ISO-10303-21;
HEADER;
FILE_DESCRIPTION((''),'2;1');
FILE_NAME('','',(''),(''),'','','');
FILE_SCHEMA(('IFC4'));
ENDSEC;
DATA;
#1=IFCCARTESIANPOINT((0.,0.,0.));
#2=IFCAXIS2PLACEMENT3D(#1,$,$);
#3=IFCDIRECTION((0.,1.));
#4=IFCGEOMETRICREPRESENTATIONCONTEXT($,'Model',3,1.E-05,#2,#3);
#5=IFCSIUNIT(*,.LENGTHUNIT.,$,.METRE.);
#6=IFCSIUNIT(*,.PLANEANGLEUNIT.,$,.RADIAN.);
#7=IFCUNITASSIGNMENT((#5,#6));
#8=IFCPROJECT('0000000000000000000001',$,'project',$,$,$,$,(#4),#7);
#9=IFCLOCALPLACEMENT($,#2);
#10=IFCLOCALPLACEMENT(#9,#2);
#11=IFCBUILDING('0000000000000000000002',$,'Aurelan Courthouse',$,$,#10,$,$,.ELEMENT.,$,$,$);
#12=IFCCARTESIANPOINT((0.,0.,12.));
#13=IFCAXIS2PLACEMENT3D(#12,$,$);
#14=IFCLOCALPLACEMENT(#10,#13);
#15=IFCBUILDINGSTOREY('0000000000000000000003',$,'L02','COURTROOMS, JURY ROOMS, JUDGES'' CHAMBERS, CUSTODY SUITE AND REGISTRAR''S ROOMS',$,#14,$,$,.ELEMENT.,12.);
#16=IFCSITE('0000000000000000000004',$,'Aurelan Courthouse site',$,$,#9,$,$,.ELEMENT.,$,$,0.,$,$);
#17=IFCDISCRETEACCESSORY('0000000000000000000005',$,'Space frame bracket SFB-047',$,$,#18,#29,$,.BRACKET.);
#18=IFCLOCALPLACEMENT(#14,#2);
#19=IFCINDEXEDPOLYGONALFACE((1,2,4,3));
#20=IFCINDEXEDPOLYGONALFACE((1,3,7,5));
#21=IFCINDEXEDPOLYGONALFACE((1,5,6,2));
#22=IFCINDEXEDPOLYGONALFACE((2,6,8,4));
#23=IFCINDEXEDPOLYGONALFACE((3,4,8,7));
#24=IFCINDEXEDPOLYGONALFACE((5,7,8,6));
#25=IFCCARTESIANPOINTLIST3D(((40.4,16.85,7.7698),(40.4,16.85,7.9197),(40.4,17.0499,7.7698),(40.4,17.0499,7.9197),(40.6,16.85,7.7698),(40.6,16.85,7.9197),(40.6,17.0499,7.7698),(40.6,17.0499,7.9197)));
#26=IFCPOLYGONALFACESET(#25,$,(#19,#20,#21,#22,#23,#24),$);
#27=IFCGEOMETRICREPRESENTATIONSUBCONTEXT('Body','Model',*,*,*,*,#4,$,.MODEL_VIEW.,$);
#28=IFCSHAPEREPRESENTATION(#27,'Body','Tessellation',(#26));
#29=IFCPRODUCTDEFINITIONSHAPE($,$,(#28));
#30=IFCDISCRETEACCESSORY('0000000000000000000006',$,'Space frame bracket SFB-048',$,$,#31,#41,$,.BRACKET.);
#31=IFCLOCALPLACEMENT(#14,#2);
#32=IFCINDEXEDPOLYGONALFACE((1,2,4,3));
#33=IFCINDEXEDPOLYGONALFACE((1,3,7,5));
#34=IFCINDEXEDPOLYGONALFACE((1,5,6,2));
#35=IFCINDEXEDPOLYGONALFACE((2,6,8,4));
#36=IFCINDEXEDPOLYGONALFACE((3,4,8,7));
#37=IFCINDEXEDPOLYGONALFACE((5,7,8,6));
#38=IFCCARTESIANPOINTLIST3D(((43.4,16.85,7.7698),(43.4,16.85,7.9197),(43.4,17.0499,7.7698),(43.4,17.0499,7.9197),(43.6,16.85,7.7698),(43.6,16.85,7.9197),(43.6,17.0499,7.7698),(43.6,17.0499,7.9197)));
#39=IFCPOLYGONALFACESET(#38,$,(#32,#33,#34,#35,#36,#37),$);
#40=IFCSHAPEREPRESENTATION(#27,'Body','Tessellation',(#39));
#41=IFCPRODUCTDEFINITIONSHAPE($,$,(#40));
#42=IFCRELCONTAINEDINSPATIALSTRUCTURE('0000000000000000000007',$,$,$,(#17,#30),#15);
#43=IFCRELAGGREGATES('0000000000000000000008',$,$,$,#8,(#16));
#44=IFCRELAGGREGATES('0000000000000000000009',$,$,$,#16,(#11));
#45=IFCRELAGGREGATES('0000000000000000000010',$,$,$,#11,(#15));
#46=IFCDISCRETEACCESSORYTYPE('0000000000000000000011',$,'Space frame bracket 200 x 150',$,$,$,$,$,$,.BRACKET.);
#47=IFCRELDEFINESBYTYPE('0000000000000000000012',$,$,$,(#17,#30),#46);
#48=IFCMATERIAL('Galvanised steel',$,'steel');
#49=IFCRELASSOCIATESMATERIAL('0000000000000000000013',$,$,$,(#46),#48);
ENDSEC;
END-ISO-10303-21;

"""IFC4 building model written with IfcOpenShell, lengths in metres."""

from ifc_helpers import new_model, si_unit, direction, frame, origin, origin_2d, place, context, subcontext, project, spatial, rectangle, extrude, material, type_object, element, save


model = new_model("IFC4")

# Units and contexts
model_context = context("Model", 3, precision=1e-05, world=origin(), true_north=direction((0.0, 1.0)))
body_context = subcontext(model_context, "Body", "Model", "MODEL_VIEW")
ifc_project = project(units=[si_unit("LENGTHUNIT", "METRE"), si_unit("PLANEANGLEUNIT", "RADIAN")], contexts=[model_context])

# Site, building, storey
site_placement = place(None, origin())
site = spatial("IfcSite", under=ifc_project, at=site_placement, Name="Aurelan Courthouse site", CompositionType="ELEMENT", RefElevation=0.0)
building_placement = place(site_placement, origin())
building = spatial("IfcBuilding", under=site, at=building_placement, Name="Aurelan Courthouse", CompositionType="ELEMENT")
storey_placement = place(building_placement, frame((0.0, 0.0, 12.0)))
storey = spatial("IfcBuildingStorey", under=building, at=storey_placement, Name="L02", Description="COURTROOMS, JURY ROOMS, JUDGES' CHAMBERS, CUSTODY SUITE AND REGISTRAR'S ROOMS", CompositionType="ELEMENT", Elevation=12.0)

# Discrete accessories
ifc_material_1 = material(Name="Galvanised steel", Category="steel")
discrete_accessory_type = type_object("IfcDiscreteAccessoryType", Name="Space frame bracket 200 x 150", PredefinedType="BRACKET", material=ifc_material_1)
for number, where, z_axis, x_axis, name in (
    (1, (40.5, 16.95, 7.7698), (0.0, 0.0, 1.0), (1.0, 0.0, 0.0), "Space frame bracket SFB-047"),
    (2, (43.5, 16.95, 7.7698), (0.0, 0.0, 1.0), (1.0, 0.0, 0.0), "Space frame bracket SFB-048"),
):
    element("IfcDiscreteAccessory", number, at=place(storey_placement, frame(where, z_axis=z_axis, x_axis=x_axis)), inside=storey, type_object=discrete_accessory_type, Name=name, PredefinedType="BRACKET", context=body_context, shape_type="SweptSolid", body=[
        extrude(rectangle(XDim=0.2, YDim=0.2, at=origin_2d()), origin(), (0.0, 0.0, 1.0), 0.1499),
    ])

save(model, "model.ifc")
